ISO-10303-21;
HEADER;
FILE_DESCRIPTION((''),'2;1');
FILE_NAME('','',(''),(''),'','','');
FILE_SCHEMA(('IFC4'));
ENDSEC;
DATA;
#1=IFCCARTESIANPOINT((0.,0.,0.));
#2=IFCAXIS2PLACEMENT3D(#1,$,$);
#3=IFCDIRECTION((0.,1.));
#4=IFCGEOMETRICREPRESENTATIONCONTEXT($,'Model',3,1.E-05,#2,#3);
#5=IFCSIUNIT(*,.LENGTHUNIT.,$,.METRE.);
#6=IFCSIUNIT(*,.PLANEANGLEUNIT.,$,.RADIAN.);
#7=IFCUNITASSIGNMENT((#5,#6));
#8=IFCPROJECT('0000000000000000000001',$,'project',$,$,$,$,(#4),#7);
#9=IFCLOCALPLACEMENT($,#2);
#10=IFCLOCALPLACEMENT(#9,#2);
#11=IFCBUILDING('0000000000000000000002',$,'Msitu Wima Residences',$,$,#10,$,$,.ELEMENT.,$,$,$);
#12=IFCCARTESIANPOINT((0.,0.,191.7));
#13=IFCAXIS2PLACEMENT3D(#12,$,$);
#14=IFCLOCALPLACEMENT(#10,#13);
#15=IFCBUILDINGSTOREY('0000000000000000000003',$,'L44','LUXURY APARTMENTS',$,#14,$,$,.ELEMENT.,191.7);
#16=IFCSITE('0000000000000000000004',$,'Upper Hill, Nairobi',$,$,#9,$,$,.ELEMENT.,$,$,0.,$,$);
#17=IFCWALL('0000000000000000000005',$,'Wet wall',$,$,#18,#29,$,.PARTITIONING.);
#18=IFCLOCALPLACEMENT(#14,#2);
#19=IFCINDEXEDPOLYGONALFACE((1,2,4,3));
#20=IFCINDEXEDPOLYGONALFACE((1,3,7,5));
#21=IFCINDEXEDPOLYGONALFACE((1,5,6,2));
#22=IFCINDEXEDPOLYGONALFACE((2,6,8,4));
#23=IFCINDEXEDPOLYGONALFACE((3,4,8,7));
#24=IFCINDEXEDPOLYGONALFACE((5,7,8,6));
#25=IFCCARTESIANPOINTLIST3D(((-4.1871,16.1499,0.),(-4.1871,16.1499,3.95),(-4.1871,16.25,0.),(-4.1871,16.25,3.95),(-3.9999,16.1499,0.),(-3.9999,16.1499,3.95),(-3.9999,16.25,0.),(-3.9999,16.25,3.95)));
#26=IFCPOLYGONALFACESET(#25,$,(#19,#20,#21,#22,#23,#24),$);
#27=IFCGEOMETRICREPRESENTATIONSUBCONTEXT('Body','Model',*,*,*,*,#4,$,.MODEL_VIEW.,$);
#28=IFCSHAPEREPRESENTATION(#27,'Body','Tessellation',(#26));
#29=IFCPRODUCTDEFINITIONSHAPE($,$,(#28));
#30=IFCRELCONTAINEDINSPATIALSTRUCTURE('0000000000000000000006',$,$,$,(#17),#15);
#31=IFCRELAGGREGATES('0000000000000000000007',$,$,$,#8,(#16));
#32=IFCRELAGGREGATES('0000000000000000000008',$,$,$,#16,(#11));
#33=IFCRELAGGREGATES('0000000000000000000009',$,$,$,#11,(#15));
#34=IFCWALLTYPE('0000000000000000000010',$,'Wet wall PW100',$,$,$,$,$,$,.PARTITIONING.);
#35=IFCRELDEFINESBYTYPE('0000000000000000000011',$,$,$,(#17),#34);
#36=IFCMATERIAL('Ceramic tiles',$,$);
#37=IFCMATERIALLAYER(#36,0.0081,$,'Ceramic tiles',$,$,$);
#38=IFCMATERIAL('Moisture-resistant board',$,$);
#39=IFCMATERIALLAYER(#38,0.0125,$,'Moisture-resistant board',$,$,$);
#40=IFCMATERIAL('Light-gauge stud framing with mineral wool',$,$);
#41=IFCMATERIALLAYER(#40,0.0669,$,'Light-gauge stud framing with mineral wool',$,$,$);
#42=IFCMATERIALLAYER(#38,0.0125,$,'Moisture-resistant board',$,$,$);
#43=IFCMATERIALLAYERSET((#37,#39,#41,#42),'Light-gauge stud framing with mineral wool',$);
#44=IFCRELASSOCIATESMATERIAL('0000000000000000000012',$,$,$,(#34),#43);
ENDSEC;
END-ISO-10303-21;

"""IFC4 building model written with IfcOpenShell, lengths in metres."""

from ifc_helpers import new_model, si_unit, direction, frame, frame_2d, origin, place, context, subcontext, project, spatial, rectangle, extrude, material, layer, layer_set, type_object, element, save


model = new_model("IFC4")

# Units and contexts
model_context = context("Model", 3, precision=1e-05, world=origin(), true_north=direction((0.0, 1.0)))
body_context = subcontext(model_context, "Body", "Model", "MODEL_VIEW")
ifc_project = project(units=[si_unit("LENGTHUNIT", "METRE"), si_unit("PLANEANGLEUNIT", "RADIAN")], contexts=[model_context])

# Site, building, storey
site_placement = place(None, origin())
site = spatial("IfcSite", under=ifc_project, at=site_placement, Name="Upper Hill, Nairobi", CompositionType="ELEMENT", RefElevation=0.0)
building_placement = place(site_placement, origin())
building = spatial("IfcBuilding", under=site, at=building_placement, Name="Msitu Wima Residences", CompositionType="ELEMENT")
storey_placement = place(building_placement, frame((0.0, 0.0, 191.7)))
storey = spatial("IfcBuildingStorey", under=building, at=storey_placement, Name="L44", Description="LUXURY APARTMENTS", CompositionType="ELEMENT", Elevation=191.7)

# Shared definitions
ifc_material_1 = material(Name="Ceramic tiles")
ifc_layer_1 = layer(ifc_material_1, 0.0081, Name="Ceramic tiles")
ifc_material_2 = material(Name="Moisture-resistant board")
ifc_layer_2 = layer(ifc_material_2, 0.0125, Name="Moisture-resistant board")
ifc_material_3 = material(Name="Light-gauge stud framing with mineral wool")
ifc_layer_3 = layer(ifc_material_3, 0.0669, Name="Light-gauge stud framing with mineral wool")
ifc_layer_4 = layer(ifc_material_2, 0.0125, Name="Moisture-resistant board")
ifc_layer_set_1 = layer_set([ifc_layer_1, ifc_layer_2, ifc_layer_3, ifc_layer_4], Name="Light-gauge stud framing with mineral wool")
wall_type_1 = type_object("IfcWallType", Name="Wet wall PW100", PredefinedType="PARTITIONING", material=ifc_layer_set_1)

# Wall
wall_1_placement = place(storey_placement, frame((-4.1873, 16.2, 0.0), z_axis=(0.0, 0.0, 1.0), x_axis=(1.0, 0.0, 0.0)))
element("IfcWall", 1, at=wall_1_placement, inside=storey, type_object=wall_type_1, Name="Wet wall", PredefinedType="PARTITIONING", context=body_context, shape_type="SweptSolid", body=[
    extrude(rectangle(XDim=0.1873, YDim=0.1001, at=frame_2d((0.0938, 0.0))), origin(), (0.0, 0.0, 1.0), 3.95),
])

save(model, "model.ifc")
